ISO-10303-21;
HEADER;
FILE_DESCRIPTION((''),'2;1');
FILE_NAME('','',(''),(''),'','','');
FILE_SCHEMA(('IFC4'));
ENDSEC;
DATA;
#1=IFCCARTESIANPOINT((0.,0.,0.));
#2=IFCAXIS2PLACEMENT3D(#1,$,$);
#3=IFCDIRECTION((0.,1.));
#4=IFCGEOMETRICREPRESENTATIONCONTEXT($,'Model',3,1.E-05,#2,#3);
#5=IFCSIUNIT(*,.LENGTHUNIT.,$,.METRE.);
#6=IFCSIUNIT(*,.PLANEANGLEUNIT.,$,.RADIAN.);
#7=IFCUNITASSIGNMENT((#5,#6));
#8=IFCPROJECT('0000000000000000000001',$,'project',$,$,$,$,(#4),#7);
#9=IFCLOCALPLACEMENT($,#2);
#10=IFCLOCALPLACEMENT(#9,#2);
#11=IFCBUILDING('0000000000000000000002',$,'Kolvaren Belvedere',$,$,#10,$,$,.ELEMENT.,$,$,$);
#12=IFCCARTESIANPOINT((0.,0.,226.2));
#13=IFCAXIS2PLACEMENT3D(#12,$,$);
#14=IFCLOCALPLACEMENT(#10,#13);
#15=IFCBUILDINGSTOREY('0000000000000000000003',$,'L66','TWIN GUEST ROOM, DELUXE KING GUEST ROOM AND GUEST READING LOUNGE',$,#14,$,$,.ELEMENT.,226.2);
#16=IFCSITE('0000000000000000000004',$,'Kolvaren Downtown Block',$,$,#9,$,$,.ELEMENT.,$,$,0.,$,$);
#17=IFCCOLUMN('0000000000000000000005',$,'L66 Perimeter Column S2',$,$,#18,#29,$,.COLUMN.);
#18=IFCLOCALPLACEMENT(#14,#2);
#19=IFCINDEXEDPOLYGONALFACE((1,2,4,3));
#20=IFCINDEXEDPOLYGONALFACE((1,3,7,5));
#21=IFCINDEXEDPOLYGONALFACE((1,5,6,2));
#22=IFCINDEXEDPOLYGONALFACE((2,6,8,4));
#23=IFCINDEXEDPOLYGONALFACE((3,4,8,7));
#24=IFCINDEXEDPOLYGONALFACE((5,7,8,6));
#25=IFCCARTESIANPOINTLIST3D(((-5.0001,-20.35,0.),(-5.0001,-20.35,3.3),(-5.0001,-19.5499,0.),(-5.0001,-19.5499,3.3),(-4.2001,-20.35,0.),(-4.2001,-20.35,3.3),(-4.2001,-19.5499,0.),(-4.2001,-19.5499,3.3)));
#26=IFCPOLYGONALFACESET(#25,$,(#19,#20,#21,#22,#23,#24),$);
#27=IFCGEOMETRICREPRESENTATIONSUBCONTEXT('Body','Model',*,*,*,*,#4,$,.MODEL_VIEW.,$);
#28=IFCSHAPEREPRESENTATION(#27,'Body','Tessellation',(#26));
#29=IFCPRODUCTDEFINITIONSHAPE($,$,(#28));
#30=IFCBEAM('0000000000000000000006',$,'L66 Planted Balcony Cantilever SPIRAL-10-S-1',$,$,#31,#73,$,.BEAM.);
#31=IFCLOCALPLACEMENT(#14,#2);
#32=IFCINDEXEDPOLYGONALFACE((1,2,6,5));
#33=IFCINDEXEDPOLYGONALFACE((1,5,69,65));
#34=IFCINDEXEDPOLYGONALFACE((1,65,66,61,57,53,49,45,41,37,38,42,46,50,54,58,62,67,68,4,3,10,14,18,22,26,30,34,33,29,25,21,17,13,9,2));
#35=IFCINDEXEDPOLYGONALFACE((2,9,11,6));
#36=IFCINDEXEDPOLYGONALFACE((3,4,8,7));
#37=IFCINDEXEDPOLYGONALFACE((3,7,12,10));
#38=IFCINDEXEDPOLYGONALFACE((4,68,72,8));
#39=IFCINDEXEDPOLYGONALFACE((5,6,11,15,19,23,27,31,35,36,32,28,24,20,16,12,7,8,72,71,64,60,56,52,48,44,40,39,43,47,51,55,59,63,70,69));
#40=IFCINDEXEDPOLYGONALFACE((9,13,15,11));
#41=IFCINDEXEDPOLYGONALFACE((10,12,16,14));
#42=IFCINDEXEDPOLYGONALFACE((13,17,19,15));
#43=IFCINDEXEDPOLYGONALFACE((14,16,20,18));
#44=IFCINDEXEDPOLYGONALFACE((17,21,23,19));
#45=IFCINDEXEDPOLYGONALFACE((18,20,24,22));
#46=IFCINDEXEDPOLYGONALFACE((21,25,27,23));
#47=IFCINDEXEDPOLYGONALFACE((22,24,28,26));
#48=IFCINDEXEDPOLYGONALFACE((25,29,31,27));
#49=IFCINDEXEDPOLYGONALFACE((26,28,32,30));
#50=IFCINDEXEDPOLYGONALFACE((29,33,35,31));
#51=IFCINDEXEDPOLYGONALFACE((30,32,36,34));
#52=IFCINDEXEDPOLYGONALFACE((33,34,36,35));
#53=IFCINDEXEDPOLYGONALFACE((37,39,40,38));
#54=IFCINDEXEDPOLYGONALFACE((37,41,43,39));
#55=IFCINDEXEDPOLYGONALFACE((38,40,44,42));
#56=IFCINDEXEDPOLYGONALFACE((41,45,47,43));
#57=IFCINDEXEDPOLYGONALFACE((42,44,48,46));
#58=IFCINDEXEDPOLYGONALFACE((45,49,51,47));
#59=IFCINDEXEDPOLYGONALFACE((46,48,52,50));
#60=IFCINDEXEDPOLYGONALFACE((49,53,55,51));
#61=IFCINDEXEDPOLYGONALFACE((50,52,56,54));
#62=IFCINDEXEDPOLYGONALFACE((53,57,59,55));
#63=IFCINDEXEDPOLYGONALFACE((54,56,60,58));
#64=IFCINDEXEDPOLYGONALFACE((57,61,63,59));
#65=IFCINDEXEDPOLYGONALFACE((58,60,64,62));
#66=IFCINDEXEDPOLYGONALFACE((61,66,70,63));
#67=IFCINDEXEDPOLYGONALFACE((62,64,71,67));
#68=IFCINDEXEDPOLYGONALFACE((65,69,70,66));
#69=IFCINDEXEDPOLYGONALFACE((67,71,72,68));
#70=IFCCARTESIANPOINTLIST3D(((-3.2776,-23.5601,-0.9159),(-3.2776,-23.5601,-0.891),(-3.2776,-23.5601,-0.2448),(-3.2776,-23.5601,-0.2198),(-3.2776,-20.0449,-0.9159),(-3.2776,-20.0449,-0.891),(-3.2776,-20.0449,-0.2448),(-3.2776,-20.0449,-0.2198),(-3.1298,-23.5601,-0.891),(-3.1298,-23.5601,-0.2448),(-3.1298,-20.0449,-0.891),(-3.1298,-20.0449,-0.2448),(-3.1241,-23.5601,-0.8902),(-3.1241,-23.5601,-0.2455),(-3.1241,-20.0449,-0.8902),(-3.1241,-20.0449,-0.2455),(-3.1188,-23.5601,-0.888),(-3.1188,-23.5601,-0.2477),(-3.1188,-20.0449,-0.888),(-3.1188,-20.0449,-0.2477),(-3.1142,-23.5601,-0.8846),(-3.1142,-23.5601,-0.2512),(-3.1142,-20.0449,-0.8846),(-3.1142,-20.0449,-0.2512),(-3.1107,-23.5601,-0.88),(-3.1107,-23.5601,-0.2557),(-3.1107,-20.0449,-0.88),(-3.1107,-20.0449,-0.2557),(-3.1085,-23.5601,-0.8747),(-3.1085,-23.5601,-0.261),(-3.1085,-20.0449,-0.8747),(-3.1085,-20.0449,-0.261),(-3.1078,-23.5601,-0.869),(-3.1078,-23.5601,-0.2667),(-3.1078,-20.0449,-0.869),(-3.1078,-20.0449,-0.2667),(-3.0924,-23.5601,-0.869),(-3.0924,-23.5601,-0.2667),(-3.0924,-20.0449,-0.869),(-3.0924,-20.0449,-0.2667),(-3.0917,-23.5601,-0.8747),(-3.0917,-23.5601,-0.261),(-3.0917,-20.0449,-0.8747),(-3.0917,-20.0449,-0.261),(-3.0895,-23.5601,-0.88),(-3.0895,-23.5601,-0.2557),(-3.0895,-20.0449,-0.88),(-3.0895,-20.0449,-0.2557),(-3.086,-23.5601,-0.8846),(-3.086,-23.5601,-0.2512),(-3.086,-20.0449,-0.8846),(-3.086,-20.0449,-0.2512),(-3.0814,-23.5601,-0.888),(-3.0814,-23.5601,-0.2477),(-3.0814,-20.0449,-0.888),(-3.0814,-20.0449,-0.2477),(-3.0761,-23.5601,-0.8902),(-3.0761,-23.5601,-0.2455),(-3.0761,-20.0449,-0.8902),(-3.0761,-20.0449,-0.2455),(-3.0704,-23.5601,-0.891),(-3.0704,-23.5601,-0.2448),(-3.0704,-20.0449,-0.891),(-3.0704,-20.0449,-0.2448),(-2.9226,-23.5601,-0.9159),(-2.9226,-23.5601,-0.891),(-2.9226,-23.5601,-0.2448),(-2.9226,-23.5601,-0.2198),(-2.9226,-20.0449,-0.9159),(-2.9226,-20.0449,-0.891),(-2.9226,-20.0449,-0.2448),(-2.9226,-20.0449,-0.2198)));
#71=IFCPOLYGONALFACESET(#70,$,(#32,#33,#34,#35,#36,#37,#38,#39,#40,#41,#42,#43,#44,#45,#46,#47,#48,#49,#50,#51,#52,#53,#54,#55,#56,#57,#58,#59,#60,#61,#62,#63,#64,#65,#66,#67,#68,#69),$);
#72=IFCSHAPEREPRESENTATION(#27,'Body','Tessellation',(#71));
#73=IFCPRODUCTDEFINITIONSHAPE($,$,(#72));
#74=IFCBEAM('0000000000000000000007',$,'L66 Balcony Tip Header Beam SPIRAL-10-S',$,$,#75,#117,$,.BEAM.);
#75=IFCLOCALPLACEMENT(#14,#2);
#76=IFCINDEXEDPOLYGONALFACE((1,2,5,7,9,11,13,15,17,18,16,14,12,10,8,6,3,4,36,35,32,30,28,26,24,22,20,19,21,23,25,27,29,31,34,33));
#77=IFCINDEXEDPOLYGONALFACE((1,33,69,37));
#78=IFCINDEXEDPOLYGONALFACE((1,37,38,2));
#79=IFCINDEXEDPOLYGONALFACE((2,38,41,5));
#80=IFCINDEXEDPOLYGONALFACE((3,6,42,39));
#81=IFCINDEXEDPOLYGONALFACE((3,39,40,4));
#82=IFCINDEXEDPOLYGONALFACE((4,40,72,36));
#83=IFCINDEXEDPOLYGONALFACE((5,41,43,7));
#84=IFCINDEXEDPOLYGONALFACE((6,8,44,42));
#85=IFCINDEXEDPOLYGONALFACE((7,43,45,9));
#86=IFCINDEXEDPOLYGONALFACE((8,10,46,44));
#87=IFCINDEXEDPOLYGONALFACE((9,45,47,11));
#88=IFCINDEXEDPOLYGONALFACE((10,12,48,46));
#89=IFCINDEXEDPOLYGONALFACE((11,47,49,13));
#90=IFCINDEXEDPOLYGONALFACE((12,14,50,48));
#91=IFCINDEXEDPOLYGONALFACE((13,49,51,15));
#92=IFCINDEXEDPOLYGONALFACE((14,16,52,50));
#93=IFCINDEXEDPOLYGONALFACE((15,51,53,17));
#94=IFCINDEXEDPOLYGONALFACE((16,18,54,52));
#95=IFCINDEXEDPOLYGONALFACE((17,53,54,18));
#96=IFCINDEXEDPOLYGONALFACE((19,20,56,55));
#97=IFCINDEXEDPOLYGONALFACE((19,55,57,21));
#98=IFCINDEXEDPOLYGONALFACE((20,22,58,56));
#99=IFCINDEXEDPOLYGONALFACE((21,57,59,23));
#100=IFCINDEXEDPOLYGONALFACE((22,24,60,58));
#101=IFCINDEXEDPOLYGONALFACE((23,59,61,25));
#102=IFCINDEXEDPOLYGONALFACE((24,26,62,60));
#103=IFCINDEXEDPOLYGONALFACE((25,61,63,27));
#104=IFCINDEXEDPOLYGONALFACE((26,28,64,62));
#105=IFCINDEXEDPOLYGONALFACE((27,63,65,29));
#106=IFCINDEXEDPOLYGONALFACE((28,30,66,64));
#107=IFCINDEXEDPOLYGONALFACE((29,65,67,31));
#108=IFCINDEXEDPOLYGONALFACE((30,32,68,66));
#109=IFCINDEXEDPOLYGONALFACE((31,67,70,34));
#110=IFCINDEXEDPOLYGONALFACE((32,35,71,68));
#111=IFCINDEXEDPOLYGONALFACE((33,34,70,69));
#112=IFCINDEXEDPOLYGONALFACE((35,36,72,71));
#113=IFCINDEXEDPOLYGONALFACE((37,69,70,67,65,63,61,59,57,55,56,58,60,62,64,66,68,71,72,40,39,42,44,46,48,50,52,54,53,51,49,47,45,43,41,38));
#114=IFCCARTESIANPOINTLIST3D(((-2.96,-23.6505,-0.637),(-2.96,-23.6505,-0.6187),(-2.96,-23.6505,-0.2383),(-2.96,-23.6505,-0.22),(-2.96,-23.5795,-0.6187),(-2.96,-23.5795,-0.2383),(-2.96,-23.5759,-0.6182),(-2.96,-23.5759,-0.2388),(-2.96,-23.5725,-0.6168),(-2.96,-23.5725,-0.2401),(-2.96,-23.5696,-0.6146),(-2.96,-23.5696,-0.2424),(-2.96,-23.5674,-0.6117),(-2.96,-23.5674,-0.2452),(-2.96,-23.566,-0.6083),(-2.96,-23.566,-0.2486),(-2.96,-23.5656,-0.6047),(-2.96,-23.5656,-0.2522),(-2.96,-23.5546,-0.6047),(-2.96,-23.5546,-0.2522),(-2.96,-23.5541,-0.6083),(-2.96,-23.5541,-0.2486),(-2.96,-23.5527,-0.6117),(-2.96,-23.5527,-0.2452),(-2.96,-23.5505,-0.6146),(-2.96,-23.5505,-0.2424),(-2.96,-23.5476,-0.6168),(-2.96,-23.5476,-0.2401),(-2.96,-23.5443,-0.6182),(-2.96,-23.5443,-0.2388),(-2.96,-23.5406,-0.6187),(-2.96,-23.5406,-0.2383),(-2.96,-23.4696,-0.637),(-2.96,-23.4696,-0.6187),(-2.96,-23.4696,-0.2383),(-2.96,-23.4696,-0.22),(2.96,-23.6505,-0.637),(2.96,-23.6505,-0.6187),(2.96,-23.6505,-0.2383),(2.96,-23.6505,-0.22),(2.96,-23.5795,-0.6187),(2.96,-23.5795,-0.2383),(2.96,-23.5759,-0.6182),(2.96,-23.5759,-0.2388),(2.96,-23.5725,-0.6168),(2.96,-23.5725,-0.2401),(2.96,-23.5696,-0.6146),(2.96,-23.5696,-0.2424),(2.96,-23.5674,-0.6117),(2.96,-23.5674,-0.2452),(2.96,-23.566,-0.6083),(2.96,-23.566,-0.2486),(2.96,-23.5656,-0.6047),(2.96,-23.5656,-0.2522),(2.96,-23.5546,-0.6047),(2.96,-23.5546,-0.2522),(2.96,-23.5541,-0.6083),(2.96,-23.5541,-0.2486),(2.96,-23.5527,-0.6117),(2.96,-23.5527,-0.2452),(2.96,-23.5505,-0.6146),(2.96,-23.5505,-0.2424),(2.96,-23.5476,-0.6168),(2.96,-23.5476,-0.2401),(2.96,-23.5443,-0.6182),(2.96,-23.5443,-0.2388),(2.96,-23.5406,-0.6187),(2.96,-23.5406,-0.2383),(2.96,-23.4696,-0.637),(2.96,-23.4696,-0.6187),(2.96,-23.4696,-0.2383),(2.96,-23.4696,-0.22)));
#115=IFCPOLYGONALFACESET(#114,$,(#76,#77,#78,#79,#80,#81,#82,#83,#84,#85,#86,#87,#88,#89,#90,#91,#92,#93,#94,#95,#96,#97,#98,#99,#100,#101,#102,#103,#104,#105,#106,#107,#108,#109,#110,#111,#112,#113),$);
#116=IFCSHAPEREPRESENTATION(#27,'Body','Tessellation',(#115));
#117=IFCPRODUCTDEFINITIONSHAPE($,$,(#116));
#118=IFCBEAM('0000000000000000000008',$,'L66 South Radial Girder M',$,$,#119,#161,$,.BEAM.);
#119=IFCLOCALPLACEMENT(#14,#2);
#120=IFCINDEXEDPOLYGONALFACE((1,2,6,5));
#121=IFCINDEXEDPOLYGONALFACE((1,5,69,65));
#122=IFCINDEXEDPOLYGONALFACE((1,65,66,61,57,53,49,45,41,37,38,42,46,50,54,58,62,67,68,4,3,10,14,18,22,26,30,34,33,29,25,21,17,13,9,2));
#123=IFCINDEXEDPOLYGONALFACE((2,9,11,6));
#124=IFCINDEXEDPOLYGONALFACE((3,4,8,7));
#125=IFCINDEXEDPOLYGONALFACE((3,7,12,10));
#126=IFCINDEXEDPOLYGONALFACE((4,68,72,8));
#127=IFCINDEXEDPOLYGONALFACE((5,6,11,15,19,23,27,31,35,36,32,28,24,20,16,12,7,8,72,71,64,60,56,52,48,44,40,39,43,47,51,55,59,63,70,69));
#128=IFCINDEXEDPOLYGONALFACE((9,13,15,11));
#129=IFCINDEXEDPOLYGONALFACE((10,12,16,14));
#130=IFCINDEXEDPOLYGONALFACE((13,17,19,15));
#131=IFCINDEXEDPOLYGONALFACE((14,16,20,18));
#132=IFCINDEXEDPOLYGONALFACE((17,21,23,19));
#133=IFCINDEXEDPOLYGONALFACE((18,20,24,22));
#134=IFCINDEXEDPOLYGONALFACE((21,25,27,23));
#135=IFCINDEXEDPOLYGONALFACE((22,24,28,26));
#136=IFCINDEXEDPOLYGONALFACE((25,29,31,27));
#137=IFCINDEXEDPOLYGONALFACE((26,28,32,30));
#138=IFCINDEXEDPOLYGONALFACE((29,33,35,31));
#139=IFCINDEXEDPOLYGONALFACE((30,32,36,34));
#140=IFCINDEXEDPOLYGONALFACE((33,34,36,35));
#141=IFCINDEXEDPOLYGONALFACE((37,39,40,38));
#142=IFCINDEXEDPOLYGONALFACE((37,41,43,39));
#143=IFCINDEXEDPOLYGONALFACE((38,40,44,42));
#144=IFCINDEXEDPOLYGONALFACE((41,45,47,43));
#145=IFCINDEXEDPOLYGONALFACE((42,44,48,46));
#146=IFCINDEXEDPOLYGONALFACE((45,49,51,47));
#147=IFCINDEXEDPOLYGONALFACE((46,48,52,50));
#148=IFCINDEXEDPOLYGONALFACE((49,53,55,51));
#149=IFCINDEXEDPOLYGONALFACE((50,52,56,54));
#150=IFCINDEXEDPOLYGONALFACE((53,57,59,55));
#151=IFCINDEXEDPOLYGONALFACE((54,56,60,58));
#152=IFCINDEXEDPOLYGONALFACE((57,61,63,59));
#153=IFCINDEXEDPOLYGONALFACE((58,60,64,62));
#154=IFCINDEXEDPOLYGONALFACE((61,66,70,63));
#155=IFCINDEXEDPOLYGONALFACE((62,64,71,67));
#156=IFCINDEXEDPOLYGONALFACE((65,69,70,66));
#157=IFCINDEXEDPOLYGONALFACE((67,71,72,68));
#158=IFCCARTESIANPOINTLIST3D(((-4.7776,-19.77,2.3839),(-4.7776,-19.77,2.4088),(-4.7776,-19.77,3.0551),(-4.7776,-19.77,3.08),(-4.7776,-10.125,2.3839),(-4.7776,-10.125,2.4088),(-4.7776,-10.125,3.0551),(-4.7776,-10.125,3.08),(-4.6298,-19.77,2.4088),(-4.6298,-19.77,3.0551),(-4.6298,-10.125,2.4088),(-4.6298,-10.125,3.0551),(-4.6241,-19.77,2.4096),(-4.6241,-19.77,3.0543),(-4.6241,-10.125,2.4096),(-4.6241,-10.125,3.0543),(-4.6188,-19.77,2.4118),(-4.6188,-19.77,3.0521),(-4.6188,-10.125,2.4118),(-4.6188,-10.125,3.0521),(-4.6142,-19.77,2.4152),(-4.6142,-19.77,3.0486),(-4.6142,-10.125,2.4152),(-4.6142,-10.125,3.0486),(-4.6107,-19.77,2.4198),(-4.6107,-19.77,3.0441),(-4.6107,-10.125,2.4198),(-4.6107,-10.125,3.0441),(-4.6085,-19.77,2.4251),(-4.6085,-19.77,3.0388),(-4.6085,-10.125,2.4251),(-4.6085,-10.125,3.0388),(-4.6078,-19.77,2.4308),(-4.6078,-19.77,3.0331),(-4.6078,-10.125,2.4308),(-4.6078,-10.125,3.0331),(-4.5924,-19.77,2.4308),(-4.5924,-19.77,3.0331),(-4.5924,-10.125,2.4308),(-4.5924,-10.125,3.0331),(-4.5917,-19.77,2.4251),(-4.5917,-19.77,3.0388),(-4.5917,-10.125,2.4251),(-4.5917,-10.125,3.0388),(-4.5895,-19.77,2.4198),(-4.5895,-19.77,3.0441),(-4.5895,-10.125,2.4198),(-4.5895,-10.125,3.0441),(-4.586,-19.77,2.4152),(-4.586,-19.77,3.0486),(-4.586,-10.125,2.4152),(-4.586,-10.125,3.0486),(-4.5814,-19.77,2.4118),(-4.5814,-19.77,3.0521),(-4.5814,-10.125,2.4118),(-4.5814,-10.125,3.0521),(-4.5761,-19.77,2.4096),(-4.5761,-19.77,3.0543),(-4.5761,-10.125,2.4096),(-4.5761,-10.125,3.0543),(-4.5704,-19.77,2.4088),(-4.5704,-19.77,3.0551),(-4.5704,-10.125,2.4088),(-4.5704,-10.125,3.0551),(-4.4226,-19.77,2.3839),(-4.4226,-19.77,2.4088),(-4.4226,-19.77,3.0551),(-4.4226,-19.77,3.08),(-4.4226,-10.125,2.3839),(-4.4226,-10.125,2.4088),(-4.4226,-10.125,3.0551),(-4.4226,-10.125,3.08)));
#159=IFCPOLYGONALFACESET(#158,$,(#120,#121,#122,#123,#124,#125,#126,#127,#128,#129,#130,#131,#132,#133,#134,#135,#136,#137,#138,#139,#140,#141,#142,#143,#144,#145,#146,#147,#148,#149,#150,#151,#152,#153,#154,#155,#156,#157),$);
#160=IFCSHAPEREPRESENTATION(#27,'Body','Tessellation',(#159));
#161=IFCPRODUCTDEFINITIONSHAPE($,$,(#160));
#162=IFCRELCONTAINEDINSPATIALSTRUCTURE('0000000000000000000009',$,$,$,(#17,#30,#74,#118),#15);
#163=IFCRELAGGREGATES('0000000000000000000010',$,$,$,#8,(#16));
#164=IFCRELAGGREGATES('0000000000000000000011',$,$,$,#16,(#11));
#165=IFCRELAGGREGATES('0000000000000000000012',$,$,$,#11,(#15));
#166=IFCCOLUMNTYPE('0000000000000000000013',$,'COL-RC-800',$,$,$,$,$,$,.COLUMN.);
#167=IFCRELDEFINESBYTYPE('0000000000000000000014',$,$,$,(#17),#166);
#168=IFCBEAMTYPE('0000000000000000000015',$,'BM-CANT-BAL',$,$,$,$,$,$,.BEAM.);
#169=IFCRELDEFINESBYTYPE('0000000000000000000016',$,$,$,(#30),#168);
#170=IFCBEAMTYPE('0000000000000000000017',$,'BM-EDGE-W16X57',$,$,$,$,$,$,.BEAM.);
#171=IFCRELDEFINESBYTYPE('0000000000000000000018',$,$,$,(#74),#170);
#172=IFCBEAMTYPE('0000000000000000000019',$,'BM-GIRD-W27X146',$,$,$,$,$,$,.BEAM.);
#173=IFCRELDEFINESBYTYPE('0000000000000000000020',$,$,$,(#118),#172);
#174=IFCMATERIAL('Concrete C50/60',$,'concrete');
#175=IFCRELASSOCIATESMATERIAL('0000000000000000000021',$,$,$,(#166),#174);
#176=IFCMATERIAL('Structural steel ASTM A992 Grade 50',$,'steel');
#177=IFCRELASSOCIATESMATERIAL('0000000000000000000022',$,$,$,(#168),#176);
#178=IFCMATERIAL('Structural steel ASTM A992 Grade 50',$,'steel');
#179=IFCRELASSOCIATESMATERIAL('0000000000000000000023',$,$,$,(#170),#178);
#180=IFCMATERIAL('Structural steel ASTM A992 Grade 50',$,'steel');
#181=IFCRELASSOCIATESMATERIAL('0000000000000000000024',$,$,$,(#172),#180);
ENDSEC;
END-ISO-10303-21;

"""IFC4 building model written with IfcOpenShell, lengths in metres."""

from ifc_helpers import new_model, si_unit, direction, frame, origin, origin_2d, place, context, subcontext, project, spatial, rectangle, i_section, extrude, material, material_profile, profile_set, type_object, element, save


model = new_model("IFC4")

# Units and contexts
model_context = context("Model", 3, precision=1e-05, world=origin(), true_north=direction((0.0, 1.0)))
body_context = subcontext(model_context, "Body", "Model", "MODEL_VIEW")
ifc_project = project(units=[si_unit("LENGTHUNIT", "METRE"), si_unit("PLANEANGLEUNIT", "RADIAN")], contexts=[model_context])

# Site, building, storey
site_placement = place(None, origin())
site = spatial("IfcSite", under=ifc_project, at=site_placement, Name="Kolvaren Downtown Block", CompositionType="ELEMENT", RefElevation=0.0)
building_placement = place(site_placement, origin())
building = spatial("IfcBuilding", under=site, at=building_placement, Name="Kolvaren Belvedere", CompositionType="ELEMENT")
storey_placement = place(building_placement, frame((0.0, 0.0, 226.2)))
storey = spatial("IfcBuildingStorey", under=building, at=storey_placement, Name="L66", Description="TWIN GUEST ROOM, DELUXE KING GUEST ROOM AND GUEST READING LOUNGE", CompositionType="ELEMENT", Elevation=226.2)

# Column
ifc_material_1 = material(Name="Concrete C50/60", Category="concrete")
ifc_material_profile_1 = material_profile(ifc_material_1, rectangle(XDim=0.8, YDim=0.8, at=origin_2d()), Name="RC 800X800")
ifc_profile_set_1 = profile_set([ifc_material_profile_1], Name="Concrete C50/60")
column_type = type_object("IfcColumnType", Name="COL-RC-800", PredefinedType="COLUMN", material=ifc_profile_set_1)
column_placement = place(storey_placement, frame((-4.6001, -19.95, 0.0), z_axis=(0.0, 0.0, 1.0), x_axis=(1.0, 0.0, 0.0)))
element("IfcColumn", 1, at=column_placement, inside=storey, type_object=column_type, Name="L66 Perimeter Column S2", PredefinedType="COLUMN", context=body_context, shape_type="SweptSolid", body=[
    extrude(rectangle(XDim=0.8, YDim=0.8, at=origin_2d()), origin(), (0.0, 0.0, 1.0), 3.3),
])

# Beams
ifc_material_2 = material(Name="Structural steel ASTM A992 Grade 50", Category="steel")
ifc_material_profile_2 = material_profile(ifc_material_2, i_section(OverallWidth=0.355, OverallDepth=0.696, WebThickness=0.0154, FlangeThickness=0.0249, FilletRadius=0.022, at=origin_2d()), Name="W27X146")
ifc_profile_set_2 = profile_set([ifc_material_profile_2], Name="Structural steel ASTM A992 Grade 50")
beam_type_1 = type_object("IfcBeamType", Name="BM-CANT-BAL", PredefinedType="BEAM", material=ifc_profile_set_2)
beam_1_placement = place(storey_placement, frame((-3.1001, -20.0449, -0.5679), z_axis=(0.0, -1.0, 0.0), x_axis=(1.0, 0.0, 0.0)))
element("IfcBeam", 2, at=beam_1_placement, inside=storey, type_object=beam_type_1, Name="L66 Planted Balcony Cantilever SPIRAL-10-S-1", PredefinedType="BEAM", context=body_context, shape_type="SweptSolid", body=[
    extrude(i_section(OverallWidth=0.355, OverallDepth=0.696, WebThickness=0.0154, FlangeThickness=0.0249, FilletRadius=0.022, at=origin_2d()), origin(), (0.0, 0.0, 1.0), 3.5151),
])
ifc_material_3 = material(Name="Structural steel ASTM A992 Grade 50", Category="steel")
ifc_material_profile_3 = material_profile(ifc_material_3, i_section(OverallWidth=0.1809, OverallDepth=0.417, WebThickness=0.011, FlangeThickness=0.0183, FilletRadius=0.0139, at=origin_2d()), Name="W16X57")
ifc_profile_set_3 = profile_set([ifc_material_profile_3], Name="Structural steel ASTM A992 Grade 50")
beam_type_2 = type_object("IfcBeamType", Name="BM-EDGE-W16X57", PredefinedType="BEAM", material=ifc_profile_set_3)
beam_2_placement = place(storey_placement, frame((-2.96, -23.5601, -0.4285), z_axis=(1.0, 0.0, 0.0), x_axis=(0.0, 1.0, 0.0)))
element("IfcBeam", 3, at=beam_2_placement, inside=storey, type_object=beam_type_2, Name="L66 Balcony Tip Header Beam SPIRAL-10-S", PredefinedType="BEAM", context=body_context, shape_type="SweptSolid", body=[
    extrude(i_section(OverallWidth=0.1809, OverallDepth=0.417, WebThickness=0.011, FlangeThickness=0.0183, FilletRadius=0.0139, at=origin_2d()), origin(), (0.0, 0.0, 1.0), 5.9199),
])
ifc_material_4 = material(Name="Structural steel ASTM A992 Grade 50", Category="steel")
ifc_material_profile_4 = material_profile(ifc_material_4, i_section(OverallWidth=0.355, OverallDepth=0.696, WebThickness=0.0154, FlangeThickness=0.0249, FilletRadius=0.022, at=origin_2d()), Name="W27X146")
ifc_profile_set_4 = profile_set([ifc_material_profile_4], Name="Structural steel ASTM A992 Grade 50")
beam_type_3 = type_object("IfcBeamType", Name="BM-GIRD-W27X146", PredefinedType="BEAM", material=ifc_profile_set_4)
beam_3_placement = place(storey_placement, frame((-4.6001, -10.125, 2.7319), z_axis=(0.0, -1.0, 0.0), x_axis=(1.0, 0.0, 0.0)))
element("IfcBeam", 4, at=beam_3_placement, inside=storey, type_object=beam_type_3, Name="L66 South Radial Girder M", PredefinedType="BEAM", context=body_context, shape_type="SweptSolid", body=[
    extrude(i_section(OverallWidth=0.355, OverallDepth=0.696, WebThickness=0.0154, FlangeThickness=0.0249, FilletRadius=0.022, at=origin_2d()), origin(), (0.0, 0.0, 1.0), 9.645),
])

save(model, "model.ifc")
